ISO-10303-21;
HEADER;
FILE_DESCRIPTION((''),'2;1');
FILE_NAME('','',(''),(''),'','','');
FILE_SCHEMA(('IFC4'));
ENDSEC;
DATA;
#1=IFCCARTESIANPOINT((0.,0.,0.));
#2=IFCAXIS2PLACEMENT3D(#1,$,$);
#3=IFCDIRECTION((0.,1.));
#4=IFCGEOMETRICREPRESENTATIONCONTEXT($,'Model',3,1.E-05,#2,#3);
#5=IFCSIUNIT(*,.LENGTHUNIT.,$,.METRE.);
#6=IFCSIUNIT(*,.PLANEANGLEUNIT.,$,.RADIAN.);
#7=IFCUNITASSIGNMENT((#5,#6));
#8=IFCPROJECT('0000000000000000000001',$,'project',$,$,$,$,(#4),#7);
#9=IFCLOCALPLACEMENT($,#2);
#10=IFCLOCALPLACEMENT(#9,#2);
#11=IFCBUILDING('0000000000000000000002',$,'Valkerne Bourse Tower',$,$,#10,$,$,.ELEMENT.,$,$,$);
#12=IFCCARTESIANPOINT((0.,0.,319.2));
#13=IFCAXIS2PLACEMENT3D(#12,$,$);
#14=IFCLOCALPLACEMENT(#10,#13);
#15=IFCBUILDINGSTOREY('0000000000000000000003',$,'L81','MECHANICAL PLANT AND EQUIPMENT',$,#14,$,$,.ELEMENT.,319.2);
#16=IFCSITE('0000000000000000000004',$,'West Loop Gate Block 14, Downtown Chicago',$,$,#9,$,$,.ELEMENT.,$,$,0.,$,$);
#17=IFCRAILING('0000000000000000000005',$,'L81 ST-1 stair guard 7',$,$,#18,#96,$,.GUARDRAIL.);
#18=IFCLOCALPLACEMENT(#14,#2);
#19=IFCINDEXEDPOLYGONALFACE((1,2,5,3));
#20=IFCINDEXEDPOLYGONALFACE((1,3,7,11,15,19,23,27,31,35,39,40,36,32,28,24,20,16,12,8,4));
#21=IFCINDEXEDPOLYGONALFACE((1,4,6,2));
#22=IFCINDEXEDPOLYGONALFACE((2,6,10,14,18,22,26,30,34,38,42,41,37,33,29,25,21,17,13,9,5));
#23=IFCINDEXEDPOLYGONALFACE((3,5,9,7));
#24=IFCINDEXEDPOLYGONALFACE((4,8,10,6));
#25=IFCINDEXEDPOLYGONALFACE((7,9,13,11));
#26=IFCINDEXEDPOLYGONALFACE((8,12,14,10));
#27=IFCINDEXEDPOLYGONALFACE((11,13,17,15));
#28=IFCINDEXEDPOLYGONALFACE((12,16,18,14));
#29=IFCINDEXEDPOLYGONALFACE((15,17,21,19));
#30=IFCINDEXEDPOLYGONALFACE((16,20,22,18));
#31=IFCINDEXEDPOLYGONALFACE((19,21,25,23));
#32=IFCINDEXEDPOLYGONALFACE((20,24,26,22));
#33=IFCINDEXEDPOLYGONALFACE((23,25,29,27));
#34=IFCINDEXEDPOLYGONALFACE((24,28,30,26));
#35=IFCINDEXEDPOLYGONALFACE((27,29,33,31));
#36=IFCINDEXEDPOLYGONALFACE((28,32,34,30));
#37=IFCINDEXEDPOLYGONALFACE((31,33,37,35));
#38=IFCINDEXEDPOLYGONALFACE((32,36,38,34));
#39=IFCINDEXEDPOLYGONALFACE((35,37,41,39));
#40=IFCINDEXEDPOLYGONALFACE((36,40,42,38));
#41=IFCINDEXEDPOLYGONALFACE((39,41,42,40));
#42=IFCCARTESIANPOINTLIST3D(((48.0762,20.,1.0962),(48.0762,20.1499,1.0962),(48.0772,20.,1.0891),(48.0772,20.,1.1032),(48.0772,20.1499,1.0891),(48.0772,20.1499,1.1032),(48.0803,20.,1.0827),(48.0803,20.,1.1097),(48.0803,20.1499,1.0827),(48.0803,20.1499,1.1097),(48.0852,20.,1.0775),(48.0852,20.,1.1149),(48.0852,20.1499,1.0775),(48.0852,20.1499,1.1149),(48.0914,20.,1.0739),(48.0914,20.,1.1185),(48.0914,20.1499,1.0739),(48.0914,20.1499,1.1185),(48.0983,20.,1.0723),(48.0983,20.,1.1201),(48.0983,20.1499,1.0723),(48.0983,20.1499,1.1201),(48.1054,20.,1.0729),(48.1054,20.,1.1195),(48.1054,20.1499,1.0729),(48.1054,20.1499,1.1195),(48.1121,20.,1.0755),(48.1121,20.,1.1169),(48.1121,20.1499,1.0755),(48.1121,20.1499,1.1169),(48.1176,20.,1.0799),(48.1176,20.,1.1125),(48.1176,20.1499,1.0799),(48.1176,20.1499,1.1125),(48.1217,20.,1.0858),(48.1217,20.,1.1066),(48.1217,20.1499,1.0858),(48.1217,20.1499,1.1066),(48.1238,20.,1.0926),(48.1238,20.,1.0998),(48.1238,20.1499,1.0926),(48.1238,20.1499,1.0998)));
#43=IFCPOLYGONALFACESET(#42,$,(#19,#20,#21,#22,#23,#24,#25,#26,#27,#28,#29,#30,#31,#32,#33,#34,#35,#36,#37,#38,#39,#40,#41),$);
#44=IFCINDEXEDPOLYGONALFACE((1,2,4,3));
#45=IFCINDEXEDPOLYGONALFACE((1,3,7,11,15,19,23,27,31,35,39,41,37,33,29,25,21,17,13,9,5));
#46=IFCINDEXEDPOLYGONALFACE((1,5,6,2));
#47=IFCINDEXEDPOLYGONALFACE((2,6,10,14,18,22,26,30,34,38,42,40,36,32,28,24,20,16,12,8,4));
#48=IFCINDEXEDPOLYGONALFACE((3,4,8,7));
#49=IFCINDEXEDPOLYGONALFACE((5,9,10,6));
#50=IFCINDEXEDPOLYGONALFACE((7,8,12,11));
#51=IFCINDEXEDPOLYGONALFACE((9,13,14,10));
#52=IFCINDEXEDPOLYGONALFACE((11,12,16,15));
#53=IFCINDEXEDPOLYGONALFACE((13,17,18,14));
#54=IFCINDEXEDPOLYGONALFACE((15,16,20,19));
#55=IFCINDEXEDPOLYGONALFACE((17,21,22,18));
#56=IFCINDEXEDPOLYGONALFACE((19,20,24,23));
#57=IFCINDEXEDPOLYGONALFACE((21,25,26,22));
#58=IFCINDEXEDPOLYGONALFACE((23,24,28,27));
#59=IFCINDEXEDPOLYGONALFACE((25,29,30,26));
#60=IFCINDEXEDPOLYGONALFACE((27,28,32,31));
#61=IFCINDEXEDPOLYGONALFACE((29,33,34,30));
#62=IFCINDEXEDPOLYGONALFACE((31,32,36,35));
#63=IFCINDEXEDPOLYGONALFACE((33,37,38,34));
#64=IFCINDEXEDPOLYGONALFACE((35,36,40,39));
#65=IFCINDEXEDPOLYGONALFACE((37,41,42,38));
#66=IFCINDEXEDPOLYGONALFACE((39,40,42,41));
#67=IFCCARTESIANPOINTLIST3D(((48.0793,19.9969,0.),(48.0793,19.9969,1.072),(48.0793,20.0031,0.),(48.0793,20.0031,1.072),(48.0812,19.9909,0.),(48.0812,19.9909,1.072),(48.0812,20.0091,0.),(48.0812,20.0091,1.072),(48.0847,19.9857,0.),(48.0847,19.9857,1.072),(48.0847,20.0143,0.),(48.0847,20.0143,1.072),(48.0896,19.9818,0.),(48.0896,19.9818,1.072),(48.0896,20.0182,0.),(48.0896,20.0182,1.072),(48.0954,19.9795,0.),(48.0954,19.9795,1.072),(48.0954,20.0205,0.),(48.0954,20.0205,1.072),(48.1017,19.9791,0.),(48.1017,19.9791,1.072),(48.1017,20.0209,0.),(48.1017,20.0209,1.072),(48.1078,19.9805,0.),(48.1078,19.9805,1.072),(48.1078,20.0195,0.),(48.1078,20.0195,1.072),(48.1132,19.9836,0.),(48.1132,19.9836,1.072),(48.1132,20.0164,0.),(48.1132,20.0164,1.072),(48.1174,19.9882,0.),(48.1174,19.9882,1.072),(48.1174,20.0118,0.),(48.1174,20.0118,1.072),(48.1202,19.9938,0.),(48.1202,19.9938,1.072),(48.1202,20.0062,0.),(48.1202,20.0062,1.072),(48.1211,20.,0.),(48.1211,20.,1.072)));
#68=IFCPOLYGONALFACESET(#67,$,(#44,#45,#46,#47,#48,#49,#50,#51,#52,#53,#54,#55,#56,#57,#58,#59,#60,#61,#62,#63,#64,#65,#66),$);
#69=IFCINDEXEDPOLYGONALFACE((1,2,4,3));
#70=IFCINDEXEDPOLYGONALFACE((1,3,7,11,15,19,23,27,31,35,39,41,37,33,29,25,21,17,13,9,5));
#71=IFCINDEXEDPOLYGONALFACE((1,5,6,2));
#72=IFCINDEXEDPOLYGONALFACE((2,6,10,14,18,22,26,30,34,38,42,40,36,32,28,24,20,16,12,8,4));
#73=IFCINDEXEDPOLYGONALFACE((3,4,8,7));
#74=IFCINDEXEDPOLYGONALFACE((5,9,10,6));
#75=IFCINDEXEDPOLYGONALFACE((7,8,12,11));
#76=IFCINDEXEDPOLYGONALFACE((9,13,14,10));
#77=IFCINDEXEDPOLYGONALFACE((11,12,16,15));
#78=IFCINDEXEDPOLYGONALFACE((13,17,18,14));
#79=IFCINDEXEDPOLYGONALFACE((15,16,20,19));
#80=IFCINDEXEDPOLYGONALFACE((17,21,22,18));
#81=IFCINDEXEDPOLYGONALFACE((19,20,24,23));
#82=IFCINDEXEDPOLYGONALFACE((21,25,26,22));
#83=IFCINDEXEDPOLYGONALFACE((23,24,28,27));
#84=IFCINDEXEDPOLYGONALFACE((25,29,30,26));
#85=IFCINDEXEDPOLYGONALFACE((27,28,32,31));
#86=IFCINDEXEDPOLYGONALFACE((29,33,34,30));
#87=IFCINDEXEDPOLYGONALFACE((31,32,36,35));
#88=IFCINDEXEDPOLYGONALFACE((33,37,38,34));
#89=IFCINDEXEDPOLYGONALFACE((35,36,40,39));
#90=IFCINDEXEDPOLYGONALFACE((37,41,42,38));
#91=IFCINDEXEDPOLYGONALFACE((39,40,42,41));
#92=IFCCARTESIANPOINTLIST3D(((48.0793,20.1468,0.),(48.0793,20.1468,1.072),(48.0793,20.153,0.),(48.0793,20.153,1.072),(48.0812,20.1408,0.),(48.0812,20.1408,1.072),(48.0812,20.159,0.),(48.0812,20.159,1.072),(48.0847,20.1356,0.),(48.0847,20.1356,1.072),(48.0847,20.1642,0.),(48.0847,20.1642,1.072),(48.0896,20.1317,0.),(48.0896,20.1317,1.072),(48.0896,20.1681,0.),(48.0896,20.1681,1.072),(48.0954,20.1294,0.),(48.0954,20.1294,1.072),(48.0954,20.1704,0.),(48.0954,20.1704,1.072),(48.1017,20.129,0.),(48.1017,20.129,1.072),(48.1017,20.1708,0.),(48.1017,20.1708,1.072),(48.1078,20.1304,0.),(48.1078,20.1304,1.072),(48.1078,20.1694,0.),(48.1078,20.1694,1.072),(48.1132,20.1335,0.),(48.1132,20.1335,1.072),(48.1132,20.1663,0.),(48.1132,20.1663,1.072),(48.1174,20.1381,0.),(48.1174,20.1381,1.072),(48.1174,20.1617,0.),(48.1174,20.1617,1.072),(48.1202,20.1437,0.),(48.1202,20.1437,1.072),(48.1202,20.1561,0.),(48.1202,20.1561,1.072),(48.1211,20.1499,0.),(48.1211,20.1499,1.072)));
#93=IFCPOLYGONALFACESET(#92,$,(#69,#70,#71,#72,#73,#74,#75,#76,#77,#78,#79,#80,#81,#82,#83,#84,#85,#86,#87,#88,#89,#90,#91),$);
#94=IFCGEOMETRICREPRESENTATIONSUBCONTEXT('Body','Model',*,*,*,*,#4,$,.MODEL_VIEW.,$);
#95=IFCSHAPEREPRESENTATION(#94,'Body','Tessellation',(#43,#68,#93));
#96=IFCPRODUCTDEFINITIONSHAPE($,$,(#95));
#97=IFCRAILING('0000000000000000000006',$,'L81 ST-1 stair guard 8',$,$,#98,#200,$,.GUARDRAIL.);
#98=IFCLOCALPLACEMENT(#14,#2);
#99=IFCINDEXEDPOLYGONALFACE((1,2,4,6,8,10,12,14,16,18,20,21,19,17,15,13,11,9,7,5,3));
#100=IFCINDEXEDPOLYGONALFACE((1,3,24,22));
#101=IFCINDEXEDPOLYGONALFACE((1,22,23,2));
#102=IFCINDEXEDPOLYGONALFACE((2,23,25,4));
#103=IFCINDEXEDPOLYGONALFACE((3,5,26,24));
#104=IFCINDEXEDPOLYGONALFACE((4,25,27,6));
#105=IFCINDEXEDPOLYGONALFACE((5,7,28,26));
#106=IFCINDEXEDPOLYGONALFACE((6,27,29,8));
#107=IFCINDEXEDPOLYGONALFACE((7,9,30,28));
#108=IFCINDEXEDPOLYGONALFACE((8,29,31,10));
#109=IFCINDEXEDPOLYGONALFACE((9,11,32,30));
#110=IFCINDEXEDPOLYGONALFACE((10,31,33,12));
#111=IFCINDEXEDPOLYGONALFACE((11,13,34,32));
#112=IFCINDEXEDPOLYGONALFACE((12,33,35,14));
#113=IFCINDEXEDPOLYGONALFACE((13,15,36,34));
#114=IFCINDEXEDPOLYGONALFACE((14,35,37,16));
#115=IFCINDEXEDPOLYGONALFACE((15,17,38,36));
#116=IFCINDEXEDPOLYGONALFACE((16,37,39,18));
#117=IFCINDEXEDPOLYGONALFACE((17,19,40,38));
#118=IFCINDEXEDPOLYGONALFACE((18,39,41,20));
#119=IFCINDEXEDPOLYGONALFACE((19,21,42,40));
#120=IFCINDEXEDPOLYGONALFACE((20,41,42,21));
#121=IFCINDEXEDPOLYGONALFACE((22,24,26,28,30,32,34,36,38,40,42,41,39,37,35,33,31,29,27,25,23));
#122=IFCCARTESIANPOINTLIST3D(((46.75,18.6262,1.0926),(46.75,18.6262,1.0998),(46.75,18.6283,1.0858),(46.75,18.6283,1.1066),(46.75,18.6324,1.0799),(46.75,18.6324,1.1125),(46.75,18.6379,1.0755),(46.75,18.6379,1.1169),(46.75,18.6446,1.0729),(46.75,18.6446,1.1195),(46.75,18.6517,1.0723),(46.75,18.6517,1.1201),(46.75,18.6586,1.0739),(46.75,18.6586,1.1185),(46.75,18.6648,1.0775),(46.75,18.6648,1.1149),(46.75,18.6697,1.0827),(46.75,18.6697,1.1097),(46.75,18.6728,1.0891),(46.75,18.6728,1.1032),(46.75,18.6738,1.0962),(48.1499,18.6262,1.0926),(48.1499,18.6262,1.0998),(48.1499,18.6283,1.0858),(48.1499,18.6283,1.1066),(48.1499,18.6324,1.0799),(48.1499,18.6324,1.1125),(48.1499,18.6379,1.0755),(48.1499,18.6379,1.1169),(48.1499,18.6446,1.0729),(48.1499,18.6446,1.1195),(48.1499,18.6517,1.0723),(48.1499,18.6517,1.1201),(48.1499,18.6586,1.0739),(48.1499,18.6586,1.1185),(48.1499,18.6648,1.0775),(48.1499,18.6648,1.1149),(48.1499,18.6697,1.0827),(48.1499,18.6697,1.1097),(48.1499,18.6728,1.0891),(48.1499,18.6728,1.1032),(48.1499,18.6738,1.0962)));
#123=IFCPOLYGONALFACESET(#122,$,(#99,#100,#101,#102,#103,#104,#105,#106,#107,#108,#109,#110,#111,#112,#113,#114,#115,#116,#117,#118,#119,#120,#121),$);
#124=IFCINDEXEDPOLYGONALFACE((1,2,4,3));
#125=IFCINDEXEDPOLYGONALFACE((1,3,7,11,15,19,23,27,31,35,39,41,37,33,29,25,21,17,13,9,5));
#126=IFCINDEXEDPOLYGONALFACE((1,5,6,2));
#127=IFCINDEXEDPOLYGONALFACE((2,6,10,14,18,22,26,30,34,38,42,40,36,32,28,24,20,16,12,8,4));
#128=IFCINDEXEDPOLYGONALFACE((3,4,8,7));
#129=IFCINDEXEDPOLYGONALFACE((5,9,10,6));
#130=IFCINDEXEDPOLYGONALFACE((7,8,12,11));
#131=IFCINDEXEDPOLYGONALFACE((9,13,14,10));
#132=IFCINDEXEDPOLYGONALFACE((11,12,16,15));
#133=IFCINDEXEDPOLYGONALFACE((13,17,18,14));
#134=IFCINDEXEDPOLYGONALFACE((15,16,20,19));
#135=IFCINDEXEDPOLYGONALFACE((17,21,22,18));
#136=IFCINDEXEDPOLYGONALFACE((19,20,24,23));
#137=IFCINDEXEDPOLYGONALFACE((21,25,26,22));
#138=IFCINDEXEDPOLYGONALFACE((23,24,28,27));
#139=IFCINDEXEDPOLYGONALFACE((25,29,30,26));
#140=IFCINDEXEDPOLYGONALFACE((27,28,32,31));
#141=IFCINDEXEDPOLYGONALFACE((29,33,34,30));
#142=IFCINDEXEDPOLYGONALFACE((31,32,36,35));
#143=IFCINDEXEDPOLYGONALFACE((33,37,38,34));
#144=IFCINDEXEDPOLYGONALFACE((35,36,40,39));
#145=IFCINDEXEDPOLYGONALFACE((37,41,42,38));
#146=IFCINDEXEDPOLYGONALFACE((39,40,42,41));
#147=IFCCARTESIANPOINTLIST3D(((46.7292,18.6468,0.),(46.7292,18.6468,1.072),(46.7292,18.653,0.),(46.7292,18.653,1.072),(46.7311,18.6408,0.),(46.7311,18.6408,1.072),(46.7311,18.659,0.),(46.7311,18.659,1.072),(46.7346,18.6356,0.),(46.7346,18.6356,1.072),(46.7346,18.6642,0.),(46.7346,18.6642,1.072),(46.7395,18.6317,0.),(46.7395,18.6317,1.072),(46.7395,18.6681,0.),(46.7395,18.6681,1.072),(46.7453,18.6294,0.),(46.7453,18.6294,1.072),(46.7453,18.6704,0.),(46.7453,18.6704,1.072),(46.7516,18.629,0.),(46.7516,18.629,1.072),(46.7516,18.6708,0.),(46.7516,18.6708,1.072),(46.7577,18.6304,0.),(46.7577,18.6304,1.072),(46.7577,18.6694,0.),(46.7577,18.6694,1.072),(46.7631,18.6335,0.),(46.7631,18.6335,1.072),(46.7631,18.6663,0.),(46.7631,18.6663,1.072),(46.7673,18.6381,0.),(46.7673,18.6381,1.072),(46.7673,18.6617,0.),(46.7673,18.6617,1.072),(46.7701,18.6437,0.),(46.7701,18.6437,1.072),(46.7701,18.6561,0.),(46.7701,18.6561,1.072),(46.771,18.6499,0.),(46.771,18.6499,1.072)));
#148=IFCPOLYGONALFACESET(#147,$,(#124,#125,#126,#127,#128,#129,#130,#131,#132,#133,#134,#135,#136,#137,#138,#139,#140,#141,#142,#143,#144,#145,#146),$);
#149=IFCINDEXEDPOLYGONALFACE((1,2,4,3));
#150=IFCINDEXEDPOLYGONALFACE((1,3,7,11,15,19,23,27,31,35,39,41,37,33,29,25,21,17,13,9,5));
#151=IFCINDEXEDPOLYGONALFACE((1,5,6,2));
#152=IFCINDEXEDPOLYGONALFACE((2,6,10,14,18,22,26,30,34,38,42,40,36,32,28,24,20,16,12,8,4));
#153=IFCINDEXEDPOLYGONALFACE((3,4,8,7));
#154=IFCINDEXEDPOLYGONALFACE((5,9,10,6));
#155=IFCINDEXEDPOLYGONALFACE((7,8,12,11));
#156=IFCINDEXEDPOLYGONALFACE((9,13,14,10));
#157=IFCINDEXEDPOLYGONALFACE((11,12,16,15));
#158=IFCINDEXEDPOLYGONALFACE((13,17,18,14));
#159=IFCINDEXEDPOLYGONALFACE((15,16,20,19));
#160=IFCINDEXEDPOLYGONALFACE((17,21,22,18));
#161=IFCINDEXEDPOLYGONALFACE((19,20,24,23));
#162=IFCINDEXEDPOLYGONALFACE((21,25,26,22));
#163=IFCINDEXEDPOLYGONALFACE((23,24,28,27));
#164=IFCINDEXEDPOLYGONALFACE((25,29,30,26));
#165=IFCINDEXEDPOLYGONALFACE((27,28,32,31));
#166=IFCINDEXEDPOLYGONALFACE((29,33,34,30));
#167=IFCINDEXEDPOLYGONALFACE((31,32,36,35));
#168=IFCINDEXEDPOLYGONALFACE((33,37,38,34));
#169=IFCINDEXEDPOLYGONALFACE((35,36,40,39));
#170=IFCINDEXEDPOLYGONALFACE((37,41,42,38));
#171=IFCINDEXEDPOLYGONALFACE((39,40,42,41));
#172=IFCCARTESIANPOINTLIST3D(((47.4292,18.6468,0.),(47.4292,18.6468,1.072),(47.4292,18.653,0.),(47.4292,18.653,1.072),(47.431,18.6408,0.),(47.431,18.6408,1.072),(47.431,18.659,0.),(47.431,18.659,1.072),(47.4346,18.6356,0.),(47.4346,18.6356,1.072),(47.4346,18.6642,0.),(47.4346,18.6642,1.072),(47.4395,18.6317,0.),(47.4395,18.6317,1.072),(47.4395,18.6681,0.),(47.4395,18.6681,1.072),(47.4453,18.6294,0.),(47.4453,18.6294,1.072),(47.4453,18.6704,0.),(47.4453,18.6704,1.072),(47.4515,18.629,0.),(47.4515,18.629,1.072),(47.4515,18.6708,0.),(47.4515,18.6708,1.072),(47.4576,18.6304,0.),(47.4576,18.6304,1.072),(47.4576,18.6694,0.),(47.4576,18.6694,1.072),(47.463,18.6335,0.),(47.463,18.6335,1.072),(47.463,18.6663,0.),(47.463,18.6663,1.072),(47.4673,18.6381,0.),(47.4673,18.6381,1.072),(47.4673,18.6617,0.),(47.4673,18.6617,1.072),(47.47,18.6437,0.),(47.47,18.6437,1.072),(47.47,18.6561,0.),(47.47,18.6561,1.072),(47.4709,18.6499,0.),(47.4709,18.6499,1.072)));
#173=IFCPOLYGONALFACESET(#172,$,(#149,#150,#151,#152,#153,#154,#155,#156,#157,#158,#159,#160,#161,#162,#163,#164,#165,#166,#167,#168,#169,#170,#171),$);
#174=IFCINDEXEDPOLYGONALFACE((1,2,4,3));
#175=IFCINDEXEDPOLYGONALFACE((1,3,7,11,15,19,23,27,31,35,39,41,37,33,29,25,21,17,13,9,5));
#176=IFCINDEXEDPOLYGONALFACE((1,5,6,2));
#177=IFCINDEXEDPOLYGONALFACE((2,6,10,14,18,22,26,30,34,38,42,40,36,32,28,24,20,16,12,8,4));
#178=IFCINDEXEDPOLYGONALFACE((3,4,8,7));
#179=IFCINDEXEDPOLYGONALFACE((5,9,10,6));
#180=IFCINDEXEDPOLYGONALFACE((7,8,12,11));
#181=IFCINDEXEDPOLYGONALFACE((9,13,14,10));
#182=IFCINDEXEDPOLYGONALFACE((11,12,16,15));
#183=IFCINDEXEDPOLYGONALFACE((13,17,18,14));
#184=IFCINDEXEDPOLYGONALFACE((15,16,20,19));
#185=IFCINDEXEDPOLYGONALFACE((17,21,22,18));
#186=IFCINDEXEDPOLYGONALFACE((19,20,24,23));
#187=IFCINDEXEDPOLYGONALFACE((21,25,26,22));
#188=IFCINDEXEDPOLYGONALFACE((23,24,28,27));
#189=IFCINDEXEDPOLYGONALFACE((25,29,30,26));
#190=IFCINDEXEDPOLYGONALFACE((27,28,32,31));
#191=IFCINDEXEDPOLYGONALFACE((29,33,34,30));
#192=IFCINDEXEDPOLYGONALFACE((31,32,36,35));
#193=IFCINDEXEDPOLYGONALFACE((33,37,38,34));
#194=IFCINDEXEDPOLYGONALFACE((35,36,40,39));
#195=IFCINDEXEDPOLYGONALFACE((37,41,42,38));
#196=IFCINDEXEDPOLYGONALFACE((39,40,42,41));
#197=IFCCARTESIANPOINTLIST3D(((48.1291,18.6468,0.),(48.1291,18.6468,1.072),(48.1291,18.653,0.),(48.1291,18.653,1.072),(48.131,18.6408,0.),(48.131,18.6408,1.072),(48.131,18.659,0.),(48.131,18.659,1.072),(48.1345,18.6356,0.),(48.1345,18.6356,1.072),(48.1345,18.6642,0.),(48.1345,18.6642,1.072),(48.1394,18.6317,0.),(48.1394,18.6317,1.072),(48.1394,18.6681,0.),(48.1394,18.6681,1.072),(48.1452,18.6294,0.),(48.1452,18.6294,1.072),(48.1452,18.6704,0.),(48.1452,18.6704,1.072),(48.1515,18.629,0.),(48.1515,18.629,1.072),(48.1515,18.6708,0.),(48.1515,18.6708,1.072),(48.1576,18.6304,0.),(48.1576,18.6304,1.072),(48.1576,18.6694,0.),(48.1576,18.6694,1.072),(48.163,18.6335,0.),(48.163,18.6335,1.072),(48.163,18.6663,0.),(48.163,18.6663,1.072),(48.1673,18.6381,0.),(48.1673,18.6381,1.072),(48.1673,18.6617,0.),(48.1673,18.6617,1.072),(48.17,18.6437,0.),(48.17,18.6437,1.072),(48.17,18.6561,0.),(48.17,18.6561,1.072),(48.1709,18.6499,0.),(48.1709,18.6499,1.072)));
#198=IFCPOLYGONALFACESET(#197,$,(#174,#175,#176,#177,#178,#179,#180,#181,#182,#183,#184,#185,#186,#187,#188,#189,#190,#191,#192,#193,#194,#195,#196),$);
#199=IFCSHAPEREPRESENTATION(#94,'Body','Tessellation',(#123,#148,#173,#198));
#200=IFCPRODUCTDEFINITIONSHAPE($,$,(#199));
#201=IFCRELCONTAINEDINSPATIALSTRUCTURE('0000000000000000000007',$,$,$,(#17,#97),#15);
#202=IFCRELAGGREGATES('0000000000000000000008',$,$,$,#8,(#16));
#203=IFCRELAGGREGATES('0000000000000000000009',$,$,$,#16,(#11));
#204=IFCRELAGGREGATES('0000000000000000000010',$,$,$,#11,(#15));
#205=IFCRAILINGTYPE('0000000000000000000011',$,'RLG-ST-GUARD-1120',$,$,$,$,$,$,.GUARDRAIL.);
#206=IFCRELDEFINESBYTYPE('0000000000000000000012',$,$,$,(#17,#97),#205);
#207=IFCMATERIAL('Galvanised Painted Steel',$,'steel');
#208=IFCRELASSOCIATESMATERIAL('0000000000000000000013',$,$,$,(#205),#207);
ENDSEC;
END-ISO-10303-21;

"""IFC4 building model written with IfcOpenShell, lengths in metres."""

from ifc_helpers import new_model, si_unit, direction, frame, origin, origin_2d, place, context, subcontext, project, spatial, circle, extrude, material, type_object, element, save


model = new_model("IFC4")

# Units and contexts
model_context = context("Model", 3, precision=1e-05, world=origin(), true_north=direction((0.0, 1.0)))
body_context = subcontext(model_context, "Body", "Model", "MODEL_VIEW")
ifc_project = project(units=[si_unit("LENGTHUNIT", "METRE"), si_unit("PLANEANGLEUNIT", "RADIAN")], contexts=[model_context])

# Site, building, storey
site_placement = place(None, origin())
site = spatial("IfcSite", under=ifc_project, at=site_placement, Name="West Loop Gate Block 14, Downtown Chicago", CompositionType="ELEMENT", RefElevation=0.0)
building_placement = place(site_placement, origin())
building = spatial("IfcBuilding", under=site, at=building_placement, Name="Valkerne Bourse Tower", CompositionType="ELEMENT")
storey_placement = place(building_placement, frame((0.0, 0.0, 319.2)))
storey = spatial("IfcBuildingStorey", under=building, at=storey_placement, Name="L81", Description="MECHANICAL PLANT AND EQUIPMENT", CompositionType="ELEMENT", Elevation=319.2)

# Railings
ifc_material_1 = material(Name="Galvanised Painted Steel", Category="steel")
railing_type_1 = type_object("IfcRailingType", Name="RLG-ST-GUARD-1120", PredefinedType="GUARDRAIL", material=ifc_material_1)
railing_1_placement = place(storey_placement, frame((48.1001, 20.0, 0.0)))
element("IfcRailing", 1, at=railing_1_placement, inside=storey, type_object=railing_type_1, Name="L81 ST-1 stair guard 7", PredefinedType="GUARDRAIL", context=body_context, shape_type="SweptSolid", body=[
    extrude(circle(Radius=0.0239, at=origin_2d()), frame((0.0, 0.0, 1.0962), z_axis=(0.0, 1.0, 0.0), x_axis=(-1.0, 0.0, 0.0)), (0.0, 0.0, 1.0), 0.1499),
    extrude(circle(Radius=0.021, at=origin_2d()), origin(), (0.0, 0.0, 1.0), 1.072),
    extrude(circle(Radius=0.021, at=origin_2d()), frame((0.0, 0.1499, 0.0)), (0.0, 0.0, 1.0), 1.072),
])
for number, where, name in (
    (2, (46.75, 18.6499, 0.0), "L81 ST-1 stair guard 8"),
):
    element("IfcRailing", number, at=place(storey_placement, frame(where)), inside=storey, type_object=railing_type_1, Name=name, PredefinedType="GUARDRAIL", context=body_context, shape_type="SweptSolid", body=[
        extrude(circle(Radius=0.0239, at=origin_2d()), frame((0.0, 0.0, 1.0962), z_axis=(1.0, 0.0, 0.0), x_axis=(0.0, 1.0, 0.0)), (0.0, 0.0, 1.0), 1.3999),
        extrude(circle(Radius=0.021, at=origin_2d()), origin(), (0.0, 0.0, 1.0), 1.072),
        extrude(circle(Radius=0.021, at=origin_2d()), frame((0.7, 0.0, 0.0)), (0.0, 0.0, 1.0), 1.072),
        extrude(circle(Radius=0.021, at=origin_2d()), frame((1.3999, 0.0, 0.0)), (0.0, 0.0, 1.0), 1.072),
    ])

save(model, "model.ifc")
